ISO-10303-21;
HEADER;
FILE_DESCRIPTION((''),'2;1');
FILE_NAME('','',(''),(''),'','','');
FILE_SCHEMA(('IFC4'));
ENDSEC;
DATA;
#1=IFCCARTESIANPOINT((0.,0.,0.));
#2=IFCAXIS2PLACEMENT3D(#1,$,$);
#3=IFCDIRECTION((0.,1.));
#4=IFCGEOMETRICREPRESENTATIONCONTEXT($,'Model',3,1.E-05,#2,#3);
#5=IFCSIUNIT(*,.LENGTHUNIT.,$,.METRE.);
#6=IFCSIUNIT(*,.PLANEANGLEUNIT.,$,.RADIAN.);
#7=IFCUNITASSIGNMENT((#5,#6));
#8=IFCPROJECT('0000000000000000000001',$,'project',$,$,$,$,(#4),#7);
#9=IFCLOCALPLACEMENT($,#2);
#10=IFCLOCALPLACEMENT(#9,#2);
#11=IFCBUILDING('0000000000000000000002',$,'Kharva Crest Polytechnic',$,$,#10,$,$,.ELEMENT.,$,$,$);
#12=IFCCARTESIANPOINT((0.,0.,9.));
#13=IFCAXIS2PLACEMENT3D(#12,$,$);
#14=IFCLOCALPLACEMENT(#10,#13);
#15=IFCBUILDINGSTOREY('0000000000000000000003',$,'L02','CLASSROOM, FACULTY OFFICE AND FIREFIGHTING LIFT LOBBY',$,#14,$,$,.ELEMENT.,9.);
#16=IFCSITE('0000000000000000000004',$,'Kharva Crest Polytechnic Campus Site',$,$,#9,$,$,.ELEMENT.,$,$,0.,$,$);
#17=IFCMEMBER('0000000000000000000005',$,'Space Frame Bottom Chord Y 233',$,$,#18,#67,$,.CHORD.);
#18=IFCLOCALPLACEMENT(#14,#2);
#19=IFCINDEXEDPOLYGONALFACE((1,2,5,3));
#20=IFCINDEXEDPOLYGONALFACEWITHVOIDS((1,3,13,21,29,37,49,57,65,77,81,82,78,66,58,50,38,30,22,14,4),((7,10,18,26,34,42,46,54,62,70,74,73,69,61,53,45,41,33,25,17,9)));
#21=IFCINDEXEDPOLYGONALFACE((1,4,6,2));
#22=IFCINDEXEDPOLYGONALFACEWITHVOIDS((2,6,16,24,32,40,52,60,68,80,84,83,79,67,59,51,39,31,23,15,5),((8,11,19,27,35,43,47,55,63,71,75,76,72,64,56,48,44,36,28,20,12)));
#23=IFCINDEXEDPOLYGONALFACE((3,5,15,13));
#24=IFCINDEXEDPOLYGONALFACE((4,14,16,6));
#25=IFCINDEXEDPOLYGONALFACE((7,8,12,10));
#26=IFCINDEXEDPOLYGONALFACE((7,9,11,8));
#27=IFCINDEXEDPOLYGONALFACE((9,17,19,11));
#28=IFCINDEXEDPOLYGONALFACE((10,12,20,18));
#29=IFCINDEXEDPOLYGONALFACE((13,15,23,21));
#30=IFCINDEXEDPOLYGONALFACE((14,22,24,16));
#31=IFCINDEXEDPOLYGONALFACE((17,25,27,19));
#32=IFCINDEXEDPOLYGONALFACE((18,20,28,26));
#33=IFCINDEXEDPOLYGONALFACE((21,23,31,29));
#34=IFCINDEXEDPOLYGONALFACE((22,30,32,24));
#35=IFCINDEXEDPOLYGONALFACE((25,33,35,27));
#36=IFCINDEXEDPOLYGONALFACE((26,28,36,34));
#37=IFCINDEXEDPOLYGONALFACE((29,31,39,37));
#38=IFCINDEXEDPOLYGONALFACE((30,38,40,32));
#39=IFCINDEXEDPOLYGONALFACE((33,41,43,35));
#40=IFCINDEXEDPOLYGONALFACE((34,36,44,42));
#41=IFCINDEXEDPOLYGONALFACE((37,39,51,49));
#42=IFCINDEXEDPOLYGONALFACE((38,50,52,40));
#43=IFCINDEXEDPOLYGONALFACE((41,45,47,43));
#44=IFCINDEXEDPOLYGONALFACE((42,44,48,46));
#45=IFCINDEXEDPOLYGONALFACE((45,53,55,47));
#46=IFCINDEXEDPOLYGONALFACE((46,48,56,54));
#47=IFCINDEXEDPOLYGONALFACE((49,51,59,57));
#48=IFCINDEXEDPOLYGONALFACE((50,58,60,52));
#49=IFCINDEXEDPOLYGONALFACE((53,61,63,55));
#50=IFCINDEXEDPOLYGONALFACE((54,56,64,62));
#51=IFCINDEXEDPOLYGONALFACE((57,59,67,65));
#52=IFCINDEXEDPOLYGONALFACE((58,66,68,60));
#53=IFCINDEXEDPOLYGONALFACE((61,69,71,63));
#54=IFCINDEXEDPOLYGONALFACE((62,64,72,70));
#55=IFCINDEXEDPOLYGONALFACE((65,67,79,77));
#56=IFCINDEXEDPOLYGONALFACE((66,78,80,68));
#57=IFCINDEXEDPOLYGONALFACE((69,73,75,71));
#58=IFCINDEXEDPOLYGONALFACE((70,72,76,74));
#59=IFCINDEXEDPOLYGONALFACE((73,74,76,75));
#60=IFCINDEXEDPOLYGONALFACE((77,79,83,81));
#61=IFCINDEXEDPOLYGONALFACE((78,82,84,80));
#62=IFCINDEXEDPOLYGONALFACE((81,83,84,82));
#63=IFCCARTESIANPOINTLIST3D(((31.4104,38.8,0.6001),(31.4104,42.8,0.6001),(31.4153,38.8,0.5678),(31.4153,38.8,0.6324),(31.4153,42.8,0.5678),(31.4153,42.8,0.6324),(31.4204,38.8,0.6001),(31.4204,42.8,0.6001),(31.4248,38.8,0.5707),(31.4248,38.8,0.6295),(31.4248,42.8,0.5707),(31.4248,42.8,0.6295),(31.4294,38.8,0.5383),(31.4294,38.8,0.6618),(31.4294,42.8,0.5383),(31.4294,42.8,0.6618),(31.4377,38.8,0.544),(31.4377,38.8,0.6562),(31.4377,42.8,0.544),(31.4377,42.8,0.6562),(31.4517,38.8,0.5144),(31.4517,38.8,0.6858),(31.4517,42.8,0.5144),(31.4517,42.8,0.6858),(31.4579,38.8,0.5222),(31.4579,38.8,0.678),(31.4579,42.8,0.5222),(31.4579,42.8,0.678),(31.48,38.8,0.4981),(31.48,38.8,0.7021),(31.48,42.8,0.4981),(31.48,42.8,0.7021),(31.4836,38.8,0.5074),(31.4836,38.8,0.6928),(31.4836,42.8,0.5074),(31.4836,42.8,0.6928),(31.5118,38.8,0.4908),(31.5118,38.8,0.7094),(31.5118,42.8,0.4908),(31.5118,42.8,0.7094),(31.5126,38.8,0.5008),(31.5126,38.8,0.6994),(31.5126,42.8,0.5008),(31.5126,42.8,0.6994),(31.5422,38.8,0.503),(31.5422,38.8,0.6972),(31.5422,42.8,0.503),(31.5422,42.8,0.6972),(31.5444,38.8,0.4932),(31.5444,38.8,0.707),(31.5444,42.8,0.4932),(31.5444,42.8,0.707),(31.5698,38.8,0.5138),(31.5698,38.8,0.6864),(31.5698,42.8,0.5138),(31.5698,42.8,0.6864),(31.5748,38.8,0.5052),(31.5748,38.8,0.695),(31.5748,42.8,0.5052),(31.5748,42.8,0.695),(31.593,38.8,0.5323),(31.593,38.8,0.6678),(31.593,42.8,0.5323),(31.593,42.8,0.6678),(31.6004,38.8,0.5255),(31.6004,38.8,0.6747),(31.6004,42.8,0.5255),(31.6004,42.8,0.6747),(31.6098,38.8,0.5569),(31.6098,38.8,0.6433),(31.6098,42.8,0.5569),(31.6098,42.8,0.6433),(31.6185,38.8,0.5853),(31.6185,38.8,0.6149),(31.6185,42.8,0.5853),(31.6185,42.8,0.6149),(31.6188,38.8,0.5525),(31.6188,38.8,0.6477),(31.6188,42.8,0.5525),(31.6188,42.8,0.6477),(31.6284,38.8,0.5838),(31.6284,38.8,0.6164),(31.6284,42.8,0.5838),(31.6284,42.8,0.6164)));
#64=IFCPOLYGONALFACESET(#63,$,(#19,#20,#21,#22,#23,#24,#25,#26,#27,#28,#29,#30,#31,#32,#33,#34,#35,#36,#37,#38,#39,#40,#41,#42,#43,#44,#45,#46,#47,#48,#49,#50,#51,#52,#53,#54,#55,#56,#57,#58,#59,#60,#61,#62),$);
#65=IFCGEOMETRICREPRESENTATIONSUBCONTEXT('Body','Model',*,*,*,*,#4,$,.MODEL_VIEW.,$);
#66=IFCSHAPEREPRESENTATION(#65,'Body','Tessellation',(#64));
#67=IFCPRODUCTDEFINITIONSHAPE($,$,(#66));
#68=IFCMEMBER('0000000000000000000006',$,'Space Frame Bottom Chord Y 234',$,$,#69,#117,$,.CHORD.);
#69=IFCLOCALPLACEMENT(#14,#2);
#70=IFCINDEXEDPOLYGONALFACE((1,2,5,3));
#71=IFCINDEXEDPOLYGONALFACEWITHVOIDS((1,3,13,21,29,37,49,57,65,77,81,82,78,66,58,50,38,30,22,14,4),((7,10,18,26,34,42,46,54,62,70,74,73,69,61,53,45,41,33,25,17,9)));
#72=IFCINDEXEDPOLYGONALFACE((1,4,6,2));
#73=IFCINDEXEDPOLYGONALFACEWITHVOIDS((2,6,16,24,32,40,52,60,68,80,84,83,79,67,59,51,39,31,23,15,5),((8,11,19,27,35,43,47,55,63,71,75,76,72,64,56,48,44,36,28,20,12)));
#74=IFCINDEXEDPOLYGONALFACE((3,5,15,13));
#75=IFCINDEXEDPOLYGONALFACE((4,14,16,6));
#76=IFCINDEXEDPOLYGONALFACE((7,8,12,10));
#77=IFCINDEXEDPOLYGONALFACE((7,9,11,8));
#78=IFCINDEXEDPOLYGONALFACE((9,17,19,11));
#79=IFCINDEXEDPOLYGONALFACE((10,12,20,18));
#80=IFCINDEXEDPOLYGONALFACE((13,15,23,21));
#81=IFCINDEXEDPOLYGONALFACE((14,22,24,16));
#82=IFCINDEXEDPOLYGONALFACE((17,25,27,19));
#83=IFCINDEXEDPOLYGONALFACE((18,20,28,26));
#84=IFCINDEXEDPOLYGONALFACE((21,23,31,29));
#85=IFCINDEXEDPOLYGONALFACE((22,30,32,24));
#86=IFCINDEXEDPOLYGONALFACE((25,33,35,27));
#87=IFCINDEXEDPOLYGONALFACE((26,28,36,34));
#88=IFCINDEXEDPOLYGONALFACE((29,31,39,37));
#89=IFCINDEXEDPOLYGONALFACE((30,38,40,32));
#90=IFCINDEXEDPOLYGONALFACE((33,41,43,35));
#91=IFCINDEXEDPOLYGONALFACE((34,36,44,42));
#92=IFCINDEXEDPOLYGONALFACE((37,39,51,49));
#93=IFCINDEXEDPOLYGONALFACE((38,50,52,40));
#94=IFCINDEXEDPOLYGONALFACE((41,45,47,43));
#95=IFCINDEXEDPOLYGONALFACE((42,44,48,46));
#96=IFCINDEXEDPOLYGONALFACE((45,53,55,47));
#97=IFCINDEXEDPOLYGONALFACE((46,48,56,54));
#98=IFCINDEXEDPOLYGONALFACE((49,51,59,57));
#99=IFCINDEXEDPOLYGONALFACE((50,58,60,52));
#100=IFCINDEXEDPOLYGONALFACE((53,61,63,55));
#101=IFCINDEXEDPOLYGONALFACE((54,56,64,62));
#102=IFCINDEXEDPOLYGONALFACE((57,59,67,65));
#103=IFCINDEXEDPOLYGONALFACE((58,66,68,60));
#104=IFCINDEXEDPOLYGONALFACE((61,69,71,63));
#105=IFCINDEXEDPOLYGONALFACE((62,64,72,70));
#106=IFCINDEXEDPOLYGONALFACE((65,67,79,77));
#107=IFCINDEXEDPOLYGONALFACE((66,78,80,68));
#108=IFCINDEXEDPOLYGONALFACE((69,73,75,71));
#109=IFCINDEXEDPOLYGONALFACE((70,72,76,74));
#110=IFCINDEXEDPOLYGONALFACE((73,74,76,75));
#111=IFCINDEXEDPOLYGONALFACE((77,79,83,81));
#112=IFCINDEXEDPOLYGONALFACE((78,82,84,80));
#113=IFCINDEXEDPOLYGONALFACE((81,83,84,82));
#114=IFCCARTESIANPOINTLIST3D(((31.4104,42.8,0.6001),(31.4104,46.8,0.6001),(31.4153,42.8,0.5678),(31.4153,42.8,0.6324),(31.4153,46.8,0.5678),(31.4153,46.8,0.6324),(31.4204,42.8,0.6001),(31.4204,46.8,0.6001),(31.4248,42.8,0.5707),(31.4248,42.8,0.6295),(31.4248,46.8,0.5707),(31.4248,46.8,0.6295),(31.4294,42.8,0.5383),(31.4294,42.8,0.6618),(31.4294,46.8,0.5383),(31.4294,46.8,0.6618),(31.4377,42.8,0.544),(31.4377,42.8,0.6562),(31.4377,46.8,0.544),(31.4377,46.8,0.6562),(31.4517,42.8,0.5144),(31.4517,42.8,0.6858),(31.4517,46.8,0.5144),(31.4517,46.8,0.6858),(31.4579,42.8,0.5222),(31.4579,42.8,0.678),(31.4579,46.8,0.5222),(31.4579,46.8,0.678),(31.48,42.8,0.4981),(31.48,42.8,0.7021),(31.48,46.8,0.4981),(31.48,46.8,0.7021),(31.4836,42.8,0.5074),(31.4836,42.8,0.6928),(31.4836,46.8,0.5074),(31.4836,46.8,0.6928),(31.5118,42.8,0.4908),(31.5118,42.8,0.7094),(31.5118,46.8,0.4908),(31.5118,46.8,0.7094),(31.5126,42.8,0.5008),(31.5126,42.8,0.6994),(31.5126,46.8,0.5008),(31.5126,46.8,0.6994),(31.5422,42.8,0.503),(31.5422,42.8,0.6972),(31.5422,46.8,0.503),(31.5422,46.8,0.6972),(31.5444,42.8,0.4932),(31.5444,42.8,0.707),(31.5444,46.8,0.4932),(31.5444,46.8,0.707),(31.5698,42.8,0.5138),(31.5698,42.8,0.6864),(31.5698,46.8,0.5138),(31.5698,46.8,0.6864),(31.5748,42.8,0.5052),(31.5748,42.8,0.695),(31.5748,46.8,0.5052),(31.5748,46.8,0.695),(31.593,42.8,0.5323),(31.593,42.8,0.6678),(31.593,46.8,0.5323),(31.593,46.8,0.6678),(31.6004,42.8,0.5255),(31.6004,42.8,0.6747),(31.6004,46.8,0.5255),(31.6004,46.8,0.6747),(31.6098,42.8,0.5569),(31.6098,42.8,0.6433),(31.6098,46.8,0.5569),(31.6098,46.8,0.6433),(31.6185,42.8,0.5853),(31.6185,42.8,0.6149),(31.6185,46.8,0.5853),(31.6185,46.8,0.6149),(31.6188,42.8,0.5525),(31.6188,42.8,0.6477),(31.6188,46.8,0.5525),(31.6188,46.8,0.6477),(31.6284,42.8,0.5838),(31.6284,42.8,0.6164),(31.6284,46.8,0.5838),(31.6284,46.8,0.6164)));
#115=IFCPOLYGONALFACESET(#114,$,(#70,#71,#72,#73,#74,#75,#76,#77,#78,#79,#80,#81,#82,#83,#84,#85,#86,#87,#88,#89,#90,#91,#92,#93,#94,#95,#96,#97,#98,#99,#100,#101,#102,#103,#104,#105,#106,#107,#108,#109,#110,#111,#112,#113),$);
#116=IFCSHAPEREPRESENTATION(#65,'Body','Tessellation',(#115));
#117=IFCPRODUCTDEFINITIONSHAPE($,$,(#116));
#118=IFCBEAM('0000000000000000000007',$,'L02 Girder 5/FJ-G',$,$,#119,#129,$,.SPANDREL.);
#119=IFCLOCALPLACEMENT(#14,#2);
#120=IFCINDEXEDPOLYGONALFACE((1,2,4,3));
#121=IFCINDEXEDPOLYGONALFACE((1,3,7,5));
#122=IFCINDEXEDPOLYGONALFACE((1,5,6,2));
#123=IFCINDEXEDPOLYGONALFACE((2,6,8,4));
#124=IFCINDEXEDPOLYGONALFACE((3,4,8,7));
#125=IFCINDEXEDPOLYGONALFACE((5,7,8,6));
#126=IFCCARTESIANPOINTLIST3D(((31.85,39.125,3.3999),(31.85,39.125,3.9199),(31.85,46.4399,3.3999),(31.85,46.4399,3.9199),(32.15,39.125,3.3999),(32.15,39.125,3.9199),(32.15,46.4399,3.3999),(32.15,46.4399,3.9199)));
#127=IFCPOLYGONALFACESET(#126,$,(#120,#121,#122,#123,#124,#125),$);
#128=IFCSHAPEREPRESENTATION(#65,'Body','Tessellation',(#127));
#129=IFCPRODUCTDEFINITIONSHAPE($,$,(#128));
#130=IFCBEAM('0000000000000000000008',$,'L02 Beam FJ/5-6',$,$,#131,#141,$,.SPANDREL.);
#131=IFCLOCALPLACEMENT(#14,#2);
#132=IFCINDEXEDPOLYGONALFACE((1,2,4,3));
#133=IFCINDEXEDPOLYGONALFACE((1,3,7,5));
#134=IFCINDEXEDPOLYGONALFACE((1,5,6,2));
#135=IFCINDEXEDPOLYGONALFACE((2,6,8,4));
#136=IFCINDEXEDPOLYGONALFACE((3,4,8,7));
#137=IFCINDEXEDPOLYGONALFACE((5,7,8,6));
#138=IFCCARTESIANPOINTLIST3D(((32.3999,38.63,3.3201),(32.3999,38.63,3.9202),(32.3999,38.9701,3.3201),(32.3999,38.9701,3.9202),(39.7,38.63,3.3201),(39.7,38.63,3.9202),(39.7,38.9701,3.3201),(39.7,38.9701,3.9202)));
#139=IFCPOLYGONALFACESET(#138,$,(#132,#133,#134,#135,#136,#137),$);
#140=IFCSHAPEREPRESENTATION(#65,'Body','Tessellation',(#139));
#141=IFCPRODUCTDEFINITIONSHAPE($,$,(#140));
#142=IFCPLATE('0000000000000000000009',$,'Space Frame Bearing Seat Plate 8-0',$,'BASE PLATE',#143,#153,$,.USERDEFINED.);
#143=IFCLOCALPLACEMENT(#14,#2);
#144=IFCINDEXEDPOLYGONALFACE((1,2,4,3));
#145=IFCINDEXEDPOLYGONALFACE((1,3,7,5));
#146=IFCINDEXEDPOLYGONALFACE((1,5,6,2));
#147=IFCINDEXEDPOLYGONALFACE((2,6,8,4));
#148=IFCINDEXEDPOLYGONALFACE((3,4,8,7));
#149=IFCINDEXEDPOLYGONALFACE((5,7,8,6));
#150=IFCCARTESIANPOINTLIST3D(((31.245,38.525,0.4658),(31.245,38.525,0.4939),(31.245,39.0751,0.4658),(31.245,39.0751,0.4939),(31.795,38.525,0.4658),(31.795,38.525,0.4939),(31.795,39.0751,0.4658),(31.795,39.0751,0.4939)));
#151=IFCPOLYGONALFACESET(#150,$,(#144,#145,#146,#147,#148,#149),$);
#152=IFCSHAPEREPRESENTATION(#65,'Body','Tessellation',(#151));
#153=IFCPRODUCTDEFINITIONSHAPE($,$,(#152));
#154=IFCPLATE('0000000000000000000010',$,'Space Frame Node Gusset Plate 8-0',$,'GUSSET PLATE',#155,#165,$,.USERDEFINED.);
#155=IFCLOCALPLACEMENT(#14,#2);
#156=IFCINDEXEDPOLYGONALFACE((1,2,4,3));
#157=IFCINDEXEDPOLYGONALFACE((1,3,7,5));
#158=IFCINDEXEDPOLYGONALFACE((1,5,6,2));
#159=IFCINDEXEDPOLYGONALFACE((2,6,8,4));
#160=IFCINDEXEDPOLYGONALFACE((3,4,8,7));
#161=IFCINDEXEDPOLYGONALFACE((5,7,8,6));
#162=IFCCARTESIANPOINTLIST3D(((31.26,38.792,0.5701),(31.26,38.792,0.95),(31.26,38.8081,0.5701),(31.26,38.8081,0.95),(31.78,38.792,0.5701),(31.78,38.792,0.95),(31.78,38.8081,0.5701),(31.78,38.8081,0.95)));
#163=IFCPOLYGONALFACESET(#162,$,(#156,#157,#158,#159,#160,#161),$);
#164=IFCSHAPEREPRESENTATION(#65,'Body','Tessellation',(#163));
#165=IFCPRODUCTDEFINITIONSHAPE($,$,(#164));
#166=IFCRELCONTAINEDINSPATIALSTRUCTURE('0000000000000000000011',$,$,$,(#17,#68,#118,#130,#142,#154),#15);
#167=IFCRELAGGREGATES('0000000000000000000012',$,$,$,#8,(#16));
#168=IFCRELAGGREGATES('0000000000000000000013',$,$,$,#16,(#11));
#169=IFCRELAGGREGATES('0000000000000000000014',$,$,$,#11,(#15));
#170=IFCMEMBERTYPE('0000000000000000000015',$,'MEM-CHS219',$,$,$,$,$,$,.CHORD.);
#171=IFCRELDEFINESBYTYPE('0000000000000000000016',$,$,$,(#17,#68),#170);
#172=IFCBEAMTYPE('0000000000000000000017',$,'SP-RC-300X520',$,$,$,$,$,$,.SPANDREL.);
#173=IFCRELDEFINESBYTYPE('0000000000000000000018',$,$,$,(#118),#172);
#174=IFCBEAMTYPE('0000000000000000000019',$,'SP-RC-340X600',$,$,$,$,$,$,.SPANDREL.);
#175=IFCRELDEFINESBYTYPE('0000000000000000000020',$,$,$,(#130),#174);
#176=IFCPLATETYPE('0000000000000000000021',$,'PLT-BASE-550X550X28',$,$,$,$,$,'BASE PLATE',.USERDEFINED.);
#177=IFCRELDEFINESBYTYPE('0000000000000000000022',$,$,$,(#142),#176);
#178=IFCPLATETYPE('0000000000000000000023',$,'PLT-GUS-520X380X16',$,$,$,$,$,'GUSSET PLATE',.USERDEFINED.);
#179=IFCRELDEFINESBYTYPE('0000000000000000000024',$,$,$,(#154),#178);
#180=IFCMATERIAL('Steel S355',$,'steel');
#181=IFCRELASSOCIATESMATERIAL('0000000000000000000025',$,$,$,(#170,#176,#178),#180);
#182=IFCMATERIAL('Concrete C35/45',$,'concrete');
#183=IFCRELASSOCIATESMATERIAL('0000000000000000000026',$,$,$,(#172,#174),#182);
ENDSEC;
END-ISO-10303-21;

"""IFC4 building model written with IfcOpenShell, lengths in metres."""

from ifc_helpers import new_model, si_unit, direction, frame, origin, origin_2d, place, context, subcontext, project, spatial, rectangle, hollow_circle, extrude, material, material_profile, profile_set, type_object, element, save


model = new_model("IFC4")

# Units and contexts
model_context = context("Model", 3, precision=1e-05, world=origin(), true_north=direction((0.0, 1.0)))
body_context = subcontext(model_context, "Body", "Model", "MODEL_VIEW")
ifc_project = project(units=[si_unit("LENGTHUNIT", "METRE"), si_unit("PLANEANGLEUNIT", "RADIAN")], contexts=[model_context])

# Site, building, storey
site_placement = place(None, origin())
site = spatial("IfcSite", under=ifc_project, at=site_placement, Name="Kharva Crest Polytechnic Campus Site", CompositionType="ELEMENT", RefElevation=0.0)
building_placement = place(site_placement, origin())
building = spatial("IfcBuilding", under=site, at=building_placement, Name="Kharva Crest Polytechnic", CompositionType="ELEMENT")
storey_placement = place(building_placement, frame((0.0, 0.0, 9.0)))
storey = spatial("IfcBuildingStorey", under=building, at=storey_placement, Name="L02", Description="CLASSROOM, FACULTY OFFICE AND FIREFIGHTING LIFT LOBBY", CompositionType="ELEMENT", Elevation=9.0)

# Members
ifc_material_1 = material(Name="Steel S355", Category="steel")
ifc_material_profile_1 = material_profile(ifc_material_1, hollow_circle(Radius=0.1096, WallThickness=0.01, at=origin_2d()), Name="CHS 219.1X10.0")
ifc_profile_set_1 = profile_set([ifc_material_profile_1], Name="Steel S355")
member_type_1 = type_object("IfcMemberType", Name="MEM-CHS219", PredefinedType="CHORD", material=ifc_profile_set_1)
for number, where, z_axis, x_axis, name in (
    (1, (31.52, 38.8, 0.6001), (0.0, 1.0, 0.0), (-1.0, 0.0, 0.0), "Space Frame Bottom Chord Y 233"),
    (2, (31.52, 42.8, 0.6001), (0.0, 1.0, 0.0), (-1.0, 0.0, 0.0), "Space Frame Bottom Chord Y 234"),
):
    element("IfcMember", number, at=place(storey_placement, frame(where, z_axis=z_axis, x_axis=x_axis)), inside=storey, type_object=member_type_1, Name=name, PredefinedType="CHORD", context=body_context, shape_type="SweptSolid", body=[
        extrude(hollow_circle(Radius=0.1096, WallThickness=0.01, at=origin_2d()), origin(), (0.0, 0.0, 1.0), 4.0),
    ])

# Beams
ifc_material_2 = material(Name="Concrete C35/45", Category="concrete")
ifc_material_profile_2 = material_profile(ifc_material_2, rectangle(XDim=0.3, YDim=0.52, at=origin_2d()), Name="RECT 300 X 520")
ifc_profile_set_2 = profile_set([ifc_material_profile_2], Name="Concrete C35/45")
beam_type_1 = type_object("IfcBeamType", Name="SP-RC-300X520", PredefinedType="SPANDREL", material=ifc_profile_set_2)
beam_1_placement = place(storey_placement, frame((32.0, 39.125, 3.6599), z_axis=(0.0, 1.0, 0.0), x_axis=(-1.0, 0.0, 0.0)))
element("IfcBeam", 3, at=beam_1_placement, inside=storey, type_object=beam_type_1, Name="L02 Girder 5/FJ-G", PredefinedType="SPANDREL", context=body_context, shape_type="SweptSolid", body=[
    extrude(rectangle(XDim=0.3, YDim=0.52, at=origin_2d()), origin(), (0.0, 0.0, 1.0), 7.3149),
])
ifc_material_profile_3 = material_profile(ifc_material_2, rectangle(XDim=0.3401, YDim=0.6001, at=origin_2d()), Name="RECT 340 X 600")
ifc_profile_set_3 = profile_set([ifc_material_profile_3], Name="Concrete C35/45")
beam_type_2 = type_object("IfcBeamType", Name="SP-RC-340X600", PredefinedType="SPANDREL", material=ifc_profile_set_3)
beam_2_placement = place(storey_placement, frame((32.3999, 38.8, 3.6201), z_axis=(1.0, 0.0, 0.0), x_axis=(0.0, 1.0, 0.0)))
element("IfcBeam", 4, at=beam_2_placement, inside=storey, type_object=beam_type_2, Name="L02 Beam FJ/5-6", PredefinedType="SPANDREL", context=body_context, shape_type="SweptSolid", body=[
    extrude(rectangle(XDim=0.3401, YDim=0.6001, at=origin_2d()), origin(), (0.0, 0.0, 1.0), 7.3),
])

# Plates
plate_type_1 = type_object("IfcPlateType", Name="PLT-BASE-550X550X28", ElementType="BASE PLATE", PredefinedType="USERDEFINED", material=ifc_material_1)
plate_1_placement = place(storey_placement, frame((31.52, 38.8, 0.4658), z_axis=(0.0, 0.0, 1.0), x_axis=(1.0, 0.0, 0.0)))
element("IfcPlate", 5, at=plate_1_placement, inside=storey, type_object=plate_type_1, Name="Space Frame Bearing Seat Plate 8-0", ObjectType="BASE PLATE", PredefinedType="USERDEFINED", context=body_context, shape_type="SweptSolid", body=[
    extrude(rectangle(XDim=0.55, YDim=0.55, at=origin_2d()), origin(), (0.0, 0.0, 1.0), 0.0281),
])
plate_type_2 = type_object("IfcPlateType", Name="PLT-GUS-520X380X16", ElementType="GUSSET PLATE", PredefinedType="USERDEFINED", material=ifc_material_1)
plate_2_placement = place(storey_placement, frame((31.52, 38.8, 0.5701), z_axis=(0.0, 0.0, 1.0), x_axis=(1.0, 0.0, 0.0)))
element("IfcPlate", 6, at=plate_2_placement, inside=storey, type_object=plate_type_2, Name="Space Frame Node Gusset Plate 8-0", ObjectType="GUSSET PLATE", PredefinedType="USERDEFINED", context=body_context, shape_type="SweptSolid", body=[
    extrude(rectangle(XDim=0.52, YDim=0.0161, at=origin_2d()), origin(), (0.0, 0.0, 1.0), 0.3799),
])

save(model, "model.ifc")
